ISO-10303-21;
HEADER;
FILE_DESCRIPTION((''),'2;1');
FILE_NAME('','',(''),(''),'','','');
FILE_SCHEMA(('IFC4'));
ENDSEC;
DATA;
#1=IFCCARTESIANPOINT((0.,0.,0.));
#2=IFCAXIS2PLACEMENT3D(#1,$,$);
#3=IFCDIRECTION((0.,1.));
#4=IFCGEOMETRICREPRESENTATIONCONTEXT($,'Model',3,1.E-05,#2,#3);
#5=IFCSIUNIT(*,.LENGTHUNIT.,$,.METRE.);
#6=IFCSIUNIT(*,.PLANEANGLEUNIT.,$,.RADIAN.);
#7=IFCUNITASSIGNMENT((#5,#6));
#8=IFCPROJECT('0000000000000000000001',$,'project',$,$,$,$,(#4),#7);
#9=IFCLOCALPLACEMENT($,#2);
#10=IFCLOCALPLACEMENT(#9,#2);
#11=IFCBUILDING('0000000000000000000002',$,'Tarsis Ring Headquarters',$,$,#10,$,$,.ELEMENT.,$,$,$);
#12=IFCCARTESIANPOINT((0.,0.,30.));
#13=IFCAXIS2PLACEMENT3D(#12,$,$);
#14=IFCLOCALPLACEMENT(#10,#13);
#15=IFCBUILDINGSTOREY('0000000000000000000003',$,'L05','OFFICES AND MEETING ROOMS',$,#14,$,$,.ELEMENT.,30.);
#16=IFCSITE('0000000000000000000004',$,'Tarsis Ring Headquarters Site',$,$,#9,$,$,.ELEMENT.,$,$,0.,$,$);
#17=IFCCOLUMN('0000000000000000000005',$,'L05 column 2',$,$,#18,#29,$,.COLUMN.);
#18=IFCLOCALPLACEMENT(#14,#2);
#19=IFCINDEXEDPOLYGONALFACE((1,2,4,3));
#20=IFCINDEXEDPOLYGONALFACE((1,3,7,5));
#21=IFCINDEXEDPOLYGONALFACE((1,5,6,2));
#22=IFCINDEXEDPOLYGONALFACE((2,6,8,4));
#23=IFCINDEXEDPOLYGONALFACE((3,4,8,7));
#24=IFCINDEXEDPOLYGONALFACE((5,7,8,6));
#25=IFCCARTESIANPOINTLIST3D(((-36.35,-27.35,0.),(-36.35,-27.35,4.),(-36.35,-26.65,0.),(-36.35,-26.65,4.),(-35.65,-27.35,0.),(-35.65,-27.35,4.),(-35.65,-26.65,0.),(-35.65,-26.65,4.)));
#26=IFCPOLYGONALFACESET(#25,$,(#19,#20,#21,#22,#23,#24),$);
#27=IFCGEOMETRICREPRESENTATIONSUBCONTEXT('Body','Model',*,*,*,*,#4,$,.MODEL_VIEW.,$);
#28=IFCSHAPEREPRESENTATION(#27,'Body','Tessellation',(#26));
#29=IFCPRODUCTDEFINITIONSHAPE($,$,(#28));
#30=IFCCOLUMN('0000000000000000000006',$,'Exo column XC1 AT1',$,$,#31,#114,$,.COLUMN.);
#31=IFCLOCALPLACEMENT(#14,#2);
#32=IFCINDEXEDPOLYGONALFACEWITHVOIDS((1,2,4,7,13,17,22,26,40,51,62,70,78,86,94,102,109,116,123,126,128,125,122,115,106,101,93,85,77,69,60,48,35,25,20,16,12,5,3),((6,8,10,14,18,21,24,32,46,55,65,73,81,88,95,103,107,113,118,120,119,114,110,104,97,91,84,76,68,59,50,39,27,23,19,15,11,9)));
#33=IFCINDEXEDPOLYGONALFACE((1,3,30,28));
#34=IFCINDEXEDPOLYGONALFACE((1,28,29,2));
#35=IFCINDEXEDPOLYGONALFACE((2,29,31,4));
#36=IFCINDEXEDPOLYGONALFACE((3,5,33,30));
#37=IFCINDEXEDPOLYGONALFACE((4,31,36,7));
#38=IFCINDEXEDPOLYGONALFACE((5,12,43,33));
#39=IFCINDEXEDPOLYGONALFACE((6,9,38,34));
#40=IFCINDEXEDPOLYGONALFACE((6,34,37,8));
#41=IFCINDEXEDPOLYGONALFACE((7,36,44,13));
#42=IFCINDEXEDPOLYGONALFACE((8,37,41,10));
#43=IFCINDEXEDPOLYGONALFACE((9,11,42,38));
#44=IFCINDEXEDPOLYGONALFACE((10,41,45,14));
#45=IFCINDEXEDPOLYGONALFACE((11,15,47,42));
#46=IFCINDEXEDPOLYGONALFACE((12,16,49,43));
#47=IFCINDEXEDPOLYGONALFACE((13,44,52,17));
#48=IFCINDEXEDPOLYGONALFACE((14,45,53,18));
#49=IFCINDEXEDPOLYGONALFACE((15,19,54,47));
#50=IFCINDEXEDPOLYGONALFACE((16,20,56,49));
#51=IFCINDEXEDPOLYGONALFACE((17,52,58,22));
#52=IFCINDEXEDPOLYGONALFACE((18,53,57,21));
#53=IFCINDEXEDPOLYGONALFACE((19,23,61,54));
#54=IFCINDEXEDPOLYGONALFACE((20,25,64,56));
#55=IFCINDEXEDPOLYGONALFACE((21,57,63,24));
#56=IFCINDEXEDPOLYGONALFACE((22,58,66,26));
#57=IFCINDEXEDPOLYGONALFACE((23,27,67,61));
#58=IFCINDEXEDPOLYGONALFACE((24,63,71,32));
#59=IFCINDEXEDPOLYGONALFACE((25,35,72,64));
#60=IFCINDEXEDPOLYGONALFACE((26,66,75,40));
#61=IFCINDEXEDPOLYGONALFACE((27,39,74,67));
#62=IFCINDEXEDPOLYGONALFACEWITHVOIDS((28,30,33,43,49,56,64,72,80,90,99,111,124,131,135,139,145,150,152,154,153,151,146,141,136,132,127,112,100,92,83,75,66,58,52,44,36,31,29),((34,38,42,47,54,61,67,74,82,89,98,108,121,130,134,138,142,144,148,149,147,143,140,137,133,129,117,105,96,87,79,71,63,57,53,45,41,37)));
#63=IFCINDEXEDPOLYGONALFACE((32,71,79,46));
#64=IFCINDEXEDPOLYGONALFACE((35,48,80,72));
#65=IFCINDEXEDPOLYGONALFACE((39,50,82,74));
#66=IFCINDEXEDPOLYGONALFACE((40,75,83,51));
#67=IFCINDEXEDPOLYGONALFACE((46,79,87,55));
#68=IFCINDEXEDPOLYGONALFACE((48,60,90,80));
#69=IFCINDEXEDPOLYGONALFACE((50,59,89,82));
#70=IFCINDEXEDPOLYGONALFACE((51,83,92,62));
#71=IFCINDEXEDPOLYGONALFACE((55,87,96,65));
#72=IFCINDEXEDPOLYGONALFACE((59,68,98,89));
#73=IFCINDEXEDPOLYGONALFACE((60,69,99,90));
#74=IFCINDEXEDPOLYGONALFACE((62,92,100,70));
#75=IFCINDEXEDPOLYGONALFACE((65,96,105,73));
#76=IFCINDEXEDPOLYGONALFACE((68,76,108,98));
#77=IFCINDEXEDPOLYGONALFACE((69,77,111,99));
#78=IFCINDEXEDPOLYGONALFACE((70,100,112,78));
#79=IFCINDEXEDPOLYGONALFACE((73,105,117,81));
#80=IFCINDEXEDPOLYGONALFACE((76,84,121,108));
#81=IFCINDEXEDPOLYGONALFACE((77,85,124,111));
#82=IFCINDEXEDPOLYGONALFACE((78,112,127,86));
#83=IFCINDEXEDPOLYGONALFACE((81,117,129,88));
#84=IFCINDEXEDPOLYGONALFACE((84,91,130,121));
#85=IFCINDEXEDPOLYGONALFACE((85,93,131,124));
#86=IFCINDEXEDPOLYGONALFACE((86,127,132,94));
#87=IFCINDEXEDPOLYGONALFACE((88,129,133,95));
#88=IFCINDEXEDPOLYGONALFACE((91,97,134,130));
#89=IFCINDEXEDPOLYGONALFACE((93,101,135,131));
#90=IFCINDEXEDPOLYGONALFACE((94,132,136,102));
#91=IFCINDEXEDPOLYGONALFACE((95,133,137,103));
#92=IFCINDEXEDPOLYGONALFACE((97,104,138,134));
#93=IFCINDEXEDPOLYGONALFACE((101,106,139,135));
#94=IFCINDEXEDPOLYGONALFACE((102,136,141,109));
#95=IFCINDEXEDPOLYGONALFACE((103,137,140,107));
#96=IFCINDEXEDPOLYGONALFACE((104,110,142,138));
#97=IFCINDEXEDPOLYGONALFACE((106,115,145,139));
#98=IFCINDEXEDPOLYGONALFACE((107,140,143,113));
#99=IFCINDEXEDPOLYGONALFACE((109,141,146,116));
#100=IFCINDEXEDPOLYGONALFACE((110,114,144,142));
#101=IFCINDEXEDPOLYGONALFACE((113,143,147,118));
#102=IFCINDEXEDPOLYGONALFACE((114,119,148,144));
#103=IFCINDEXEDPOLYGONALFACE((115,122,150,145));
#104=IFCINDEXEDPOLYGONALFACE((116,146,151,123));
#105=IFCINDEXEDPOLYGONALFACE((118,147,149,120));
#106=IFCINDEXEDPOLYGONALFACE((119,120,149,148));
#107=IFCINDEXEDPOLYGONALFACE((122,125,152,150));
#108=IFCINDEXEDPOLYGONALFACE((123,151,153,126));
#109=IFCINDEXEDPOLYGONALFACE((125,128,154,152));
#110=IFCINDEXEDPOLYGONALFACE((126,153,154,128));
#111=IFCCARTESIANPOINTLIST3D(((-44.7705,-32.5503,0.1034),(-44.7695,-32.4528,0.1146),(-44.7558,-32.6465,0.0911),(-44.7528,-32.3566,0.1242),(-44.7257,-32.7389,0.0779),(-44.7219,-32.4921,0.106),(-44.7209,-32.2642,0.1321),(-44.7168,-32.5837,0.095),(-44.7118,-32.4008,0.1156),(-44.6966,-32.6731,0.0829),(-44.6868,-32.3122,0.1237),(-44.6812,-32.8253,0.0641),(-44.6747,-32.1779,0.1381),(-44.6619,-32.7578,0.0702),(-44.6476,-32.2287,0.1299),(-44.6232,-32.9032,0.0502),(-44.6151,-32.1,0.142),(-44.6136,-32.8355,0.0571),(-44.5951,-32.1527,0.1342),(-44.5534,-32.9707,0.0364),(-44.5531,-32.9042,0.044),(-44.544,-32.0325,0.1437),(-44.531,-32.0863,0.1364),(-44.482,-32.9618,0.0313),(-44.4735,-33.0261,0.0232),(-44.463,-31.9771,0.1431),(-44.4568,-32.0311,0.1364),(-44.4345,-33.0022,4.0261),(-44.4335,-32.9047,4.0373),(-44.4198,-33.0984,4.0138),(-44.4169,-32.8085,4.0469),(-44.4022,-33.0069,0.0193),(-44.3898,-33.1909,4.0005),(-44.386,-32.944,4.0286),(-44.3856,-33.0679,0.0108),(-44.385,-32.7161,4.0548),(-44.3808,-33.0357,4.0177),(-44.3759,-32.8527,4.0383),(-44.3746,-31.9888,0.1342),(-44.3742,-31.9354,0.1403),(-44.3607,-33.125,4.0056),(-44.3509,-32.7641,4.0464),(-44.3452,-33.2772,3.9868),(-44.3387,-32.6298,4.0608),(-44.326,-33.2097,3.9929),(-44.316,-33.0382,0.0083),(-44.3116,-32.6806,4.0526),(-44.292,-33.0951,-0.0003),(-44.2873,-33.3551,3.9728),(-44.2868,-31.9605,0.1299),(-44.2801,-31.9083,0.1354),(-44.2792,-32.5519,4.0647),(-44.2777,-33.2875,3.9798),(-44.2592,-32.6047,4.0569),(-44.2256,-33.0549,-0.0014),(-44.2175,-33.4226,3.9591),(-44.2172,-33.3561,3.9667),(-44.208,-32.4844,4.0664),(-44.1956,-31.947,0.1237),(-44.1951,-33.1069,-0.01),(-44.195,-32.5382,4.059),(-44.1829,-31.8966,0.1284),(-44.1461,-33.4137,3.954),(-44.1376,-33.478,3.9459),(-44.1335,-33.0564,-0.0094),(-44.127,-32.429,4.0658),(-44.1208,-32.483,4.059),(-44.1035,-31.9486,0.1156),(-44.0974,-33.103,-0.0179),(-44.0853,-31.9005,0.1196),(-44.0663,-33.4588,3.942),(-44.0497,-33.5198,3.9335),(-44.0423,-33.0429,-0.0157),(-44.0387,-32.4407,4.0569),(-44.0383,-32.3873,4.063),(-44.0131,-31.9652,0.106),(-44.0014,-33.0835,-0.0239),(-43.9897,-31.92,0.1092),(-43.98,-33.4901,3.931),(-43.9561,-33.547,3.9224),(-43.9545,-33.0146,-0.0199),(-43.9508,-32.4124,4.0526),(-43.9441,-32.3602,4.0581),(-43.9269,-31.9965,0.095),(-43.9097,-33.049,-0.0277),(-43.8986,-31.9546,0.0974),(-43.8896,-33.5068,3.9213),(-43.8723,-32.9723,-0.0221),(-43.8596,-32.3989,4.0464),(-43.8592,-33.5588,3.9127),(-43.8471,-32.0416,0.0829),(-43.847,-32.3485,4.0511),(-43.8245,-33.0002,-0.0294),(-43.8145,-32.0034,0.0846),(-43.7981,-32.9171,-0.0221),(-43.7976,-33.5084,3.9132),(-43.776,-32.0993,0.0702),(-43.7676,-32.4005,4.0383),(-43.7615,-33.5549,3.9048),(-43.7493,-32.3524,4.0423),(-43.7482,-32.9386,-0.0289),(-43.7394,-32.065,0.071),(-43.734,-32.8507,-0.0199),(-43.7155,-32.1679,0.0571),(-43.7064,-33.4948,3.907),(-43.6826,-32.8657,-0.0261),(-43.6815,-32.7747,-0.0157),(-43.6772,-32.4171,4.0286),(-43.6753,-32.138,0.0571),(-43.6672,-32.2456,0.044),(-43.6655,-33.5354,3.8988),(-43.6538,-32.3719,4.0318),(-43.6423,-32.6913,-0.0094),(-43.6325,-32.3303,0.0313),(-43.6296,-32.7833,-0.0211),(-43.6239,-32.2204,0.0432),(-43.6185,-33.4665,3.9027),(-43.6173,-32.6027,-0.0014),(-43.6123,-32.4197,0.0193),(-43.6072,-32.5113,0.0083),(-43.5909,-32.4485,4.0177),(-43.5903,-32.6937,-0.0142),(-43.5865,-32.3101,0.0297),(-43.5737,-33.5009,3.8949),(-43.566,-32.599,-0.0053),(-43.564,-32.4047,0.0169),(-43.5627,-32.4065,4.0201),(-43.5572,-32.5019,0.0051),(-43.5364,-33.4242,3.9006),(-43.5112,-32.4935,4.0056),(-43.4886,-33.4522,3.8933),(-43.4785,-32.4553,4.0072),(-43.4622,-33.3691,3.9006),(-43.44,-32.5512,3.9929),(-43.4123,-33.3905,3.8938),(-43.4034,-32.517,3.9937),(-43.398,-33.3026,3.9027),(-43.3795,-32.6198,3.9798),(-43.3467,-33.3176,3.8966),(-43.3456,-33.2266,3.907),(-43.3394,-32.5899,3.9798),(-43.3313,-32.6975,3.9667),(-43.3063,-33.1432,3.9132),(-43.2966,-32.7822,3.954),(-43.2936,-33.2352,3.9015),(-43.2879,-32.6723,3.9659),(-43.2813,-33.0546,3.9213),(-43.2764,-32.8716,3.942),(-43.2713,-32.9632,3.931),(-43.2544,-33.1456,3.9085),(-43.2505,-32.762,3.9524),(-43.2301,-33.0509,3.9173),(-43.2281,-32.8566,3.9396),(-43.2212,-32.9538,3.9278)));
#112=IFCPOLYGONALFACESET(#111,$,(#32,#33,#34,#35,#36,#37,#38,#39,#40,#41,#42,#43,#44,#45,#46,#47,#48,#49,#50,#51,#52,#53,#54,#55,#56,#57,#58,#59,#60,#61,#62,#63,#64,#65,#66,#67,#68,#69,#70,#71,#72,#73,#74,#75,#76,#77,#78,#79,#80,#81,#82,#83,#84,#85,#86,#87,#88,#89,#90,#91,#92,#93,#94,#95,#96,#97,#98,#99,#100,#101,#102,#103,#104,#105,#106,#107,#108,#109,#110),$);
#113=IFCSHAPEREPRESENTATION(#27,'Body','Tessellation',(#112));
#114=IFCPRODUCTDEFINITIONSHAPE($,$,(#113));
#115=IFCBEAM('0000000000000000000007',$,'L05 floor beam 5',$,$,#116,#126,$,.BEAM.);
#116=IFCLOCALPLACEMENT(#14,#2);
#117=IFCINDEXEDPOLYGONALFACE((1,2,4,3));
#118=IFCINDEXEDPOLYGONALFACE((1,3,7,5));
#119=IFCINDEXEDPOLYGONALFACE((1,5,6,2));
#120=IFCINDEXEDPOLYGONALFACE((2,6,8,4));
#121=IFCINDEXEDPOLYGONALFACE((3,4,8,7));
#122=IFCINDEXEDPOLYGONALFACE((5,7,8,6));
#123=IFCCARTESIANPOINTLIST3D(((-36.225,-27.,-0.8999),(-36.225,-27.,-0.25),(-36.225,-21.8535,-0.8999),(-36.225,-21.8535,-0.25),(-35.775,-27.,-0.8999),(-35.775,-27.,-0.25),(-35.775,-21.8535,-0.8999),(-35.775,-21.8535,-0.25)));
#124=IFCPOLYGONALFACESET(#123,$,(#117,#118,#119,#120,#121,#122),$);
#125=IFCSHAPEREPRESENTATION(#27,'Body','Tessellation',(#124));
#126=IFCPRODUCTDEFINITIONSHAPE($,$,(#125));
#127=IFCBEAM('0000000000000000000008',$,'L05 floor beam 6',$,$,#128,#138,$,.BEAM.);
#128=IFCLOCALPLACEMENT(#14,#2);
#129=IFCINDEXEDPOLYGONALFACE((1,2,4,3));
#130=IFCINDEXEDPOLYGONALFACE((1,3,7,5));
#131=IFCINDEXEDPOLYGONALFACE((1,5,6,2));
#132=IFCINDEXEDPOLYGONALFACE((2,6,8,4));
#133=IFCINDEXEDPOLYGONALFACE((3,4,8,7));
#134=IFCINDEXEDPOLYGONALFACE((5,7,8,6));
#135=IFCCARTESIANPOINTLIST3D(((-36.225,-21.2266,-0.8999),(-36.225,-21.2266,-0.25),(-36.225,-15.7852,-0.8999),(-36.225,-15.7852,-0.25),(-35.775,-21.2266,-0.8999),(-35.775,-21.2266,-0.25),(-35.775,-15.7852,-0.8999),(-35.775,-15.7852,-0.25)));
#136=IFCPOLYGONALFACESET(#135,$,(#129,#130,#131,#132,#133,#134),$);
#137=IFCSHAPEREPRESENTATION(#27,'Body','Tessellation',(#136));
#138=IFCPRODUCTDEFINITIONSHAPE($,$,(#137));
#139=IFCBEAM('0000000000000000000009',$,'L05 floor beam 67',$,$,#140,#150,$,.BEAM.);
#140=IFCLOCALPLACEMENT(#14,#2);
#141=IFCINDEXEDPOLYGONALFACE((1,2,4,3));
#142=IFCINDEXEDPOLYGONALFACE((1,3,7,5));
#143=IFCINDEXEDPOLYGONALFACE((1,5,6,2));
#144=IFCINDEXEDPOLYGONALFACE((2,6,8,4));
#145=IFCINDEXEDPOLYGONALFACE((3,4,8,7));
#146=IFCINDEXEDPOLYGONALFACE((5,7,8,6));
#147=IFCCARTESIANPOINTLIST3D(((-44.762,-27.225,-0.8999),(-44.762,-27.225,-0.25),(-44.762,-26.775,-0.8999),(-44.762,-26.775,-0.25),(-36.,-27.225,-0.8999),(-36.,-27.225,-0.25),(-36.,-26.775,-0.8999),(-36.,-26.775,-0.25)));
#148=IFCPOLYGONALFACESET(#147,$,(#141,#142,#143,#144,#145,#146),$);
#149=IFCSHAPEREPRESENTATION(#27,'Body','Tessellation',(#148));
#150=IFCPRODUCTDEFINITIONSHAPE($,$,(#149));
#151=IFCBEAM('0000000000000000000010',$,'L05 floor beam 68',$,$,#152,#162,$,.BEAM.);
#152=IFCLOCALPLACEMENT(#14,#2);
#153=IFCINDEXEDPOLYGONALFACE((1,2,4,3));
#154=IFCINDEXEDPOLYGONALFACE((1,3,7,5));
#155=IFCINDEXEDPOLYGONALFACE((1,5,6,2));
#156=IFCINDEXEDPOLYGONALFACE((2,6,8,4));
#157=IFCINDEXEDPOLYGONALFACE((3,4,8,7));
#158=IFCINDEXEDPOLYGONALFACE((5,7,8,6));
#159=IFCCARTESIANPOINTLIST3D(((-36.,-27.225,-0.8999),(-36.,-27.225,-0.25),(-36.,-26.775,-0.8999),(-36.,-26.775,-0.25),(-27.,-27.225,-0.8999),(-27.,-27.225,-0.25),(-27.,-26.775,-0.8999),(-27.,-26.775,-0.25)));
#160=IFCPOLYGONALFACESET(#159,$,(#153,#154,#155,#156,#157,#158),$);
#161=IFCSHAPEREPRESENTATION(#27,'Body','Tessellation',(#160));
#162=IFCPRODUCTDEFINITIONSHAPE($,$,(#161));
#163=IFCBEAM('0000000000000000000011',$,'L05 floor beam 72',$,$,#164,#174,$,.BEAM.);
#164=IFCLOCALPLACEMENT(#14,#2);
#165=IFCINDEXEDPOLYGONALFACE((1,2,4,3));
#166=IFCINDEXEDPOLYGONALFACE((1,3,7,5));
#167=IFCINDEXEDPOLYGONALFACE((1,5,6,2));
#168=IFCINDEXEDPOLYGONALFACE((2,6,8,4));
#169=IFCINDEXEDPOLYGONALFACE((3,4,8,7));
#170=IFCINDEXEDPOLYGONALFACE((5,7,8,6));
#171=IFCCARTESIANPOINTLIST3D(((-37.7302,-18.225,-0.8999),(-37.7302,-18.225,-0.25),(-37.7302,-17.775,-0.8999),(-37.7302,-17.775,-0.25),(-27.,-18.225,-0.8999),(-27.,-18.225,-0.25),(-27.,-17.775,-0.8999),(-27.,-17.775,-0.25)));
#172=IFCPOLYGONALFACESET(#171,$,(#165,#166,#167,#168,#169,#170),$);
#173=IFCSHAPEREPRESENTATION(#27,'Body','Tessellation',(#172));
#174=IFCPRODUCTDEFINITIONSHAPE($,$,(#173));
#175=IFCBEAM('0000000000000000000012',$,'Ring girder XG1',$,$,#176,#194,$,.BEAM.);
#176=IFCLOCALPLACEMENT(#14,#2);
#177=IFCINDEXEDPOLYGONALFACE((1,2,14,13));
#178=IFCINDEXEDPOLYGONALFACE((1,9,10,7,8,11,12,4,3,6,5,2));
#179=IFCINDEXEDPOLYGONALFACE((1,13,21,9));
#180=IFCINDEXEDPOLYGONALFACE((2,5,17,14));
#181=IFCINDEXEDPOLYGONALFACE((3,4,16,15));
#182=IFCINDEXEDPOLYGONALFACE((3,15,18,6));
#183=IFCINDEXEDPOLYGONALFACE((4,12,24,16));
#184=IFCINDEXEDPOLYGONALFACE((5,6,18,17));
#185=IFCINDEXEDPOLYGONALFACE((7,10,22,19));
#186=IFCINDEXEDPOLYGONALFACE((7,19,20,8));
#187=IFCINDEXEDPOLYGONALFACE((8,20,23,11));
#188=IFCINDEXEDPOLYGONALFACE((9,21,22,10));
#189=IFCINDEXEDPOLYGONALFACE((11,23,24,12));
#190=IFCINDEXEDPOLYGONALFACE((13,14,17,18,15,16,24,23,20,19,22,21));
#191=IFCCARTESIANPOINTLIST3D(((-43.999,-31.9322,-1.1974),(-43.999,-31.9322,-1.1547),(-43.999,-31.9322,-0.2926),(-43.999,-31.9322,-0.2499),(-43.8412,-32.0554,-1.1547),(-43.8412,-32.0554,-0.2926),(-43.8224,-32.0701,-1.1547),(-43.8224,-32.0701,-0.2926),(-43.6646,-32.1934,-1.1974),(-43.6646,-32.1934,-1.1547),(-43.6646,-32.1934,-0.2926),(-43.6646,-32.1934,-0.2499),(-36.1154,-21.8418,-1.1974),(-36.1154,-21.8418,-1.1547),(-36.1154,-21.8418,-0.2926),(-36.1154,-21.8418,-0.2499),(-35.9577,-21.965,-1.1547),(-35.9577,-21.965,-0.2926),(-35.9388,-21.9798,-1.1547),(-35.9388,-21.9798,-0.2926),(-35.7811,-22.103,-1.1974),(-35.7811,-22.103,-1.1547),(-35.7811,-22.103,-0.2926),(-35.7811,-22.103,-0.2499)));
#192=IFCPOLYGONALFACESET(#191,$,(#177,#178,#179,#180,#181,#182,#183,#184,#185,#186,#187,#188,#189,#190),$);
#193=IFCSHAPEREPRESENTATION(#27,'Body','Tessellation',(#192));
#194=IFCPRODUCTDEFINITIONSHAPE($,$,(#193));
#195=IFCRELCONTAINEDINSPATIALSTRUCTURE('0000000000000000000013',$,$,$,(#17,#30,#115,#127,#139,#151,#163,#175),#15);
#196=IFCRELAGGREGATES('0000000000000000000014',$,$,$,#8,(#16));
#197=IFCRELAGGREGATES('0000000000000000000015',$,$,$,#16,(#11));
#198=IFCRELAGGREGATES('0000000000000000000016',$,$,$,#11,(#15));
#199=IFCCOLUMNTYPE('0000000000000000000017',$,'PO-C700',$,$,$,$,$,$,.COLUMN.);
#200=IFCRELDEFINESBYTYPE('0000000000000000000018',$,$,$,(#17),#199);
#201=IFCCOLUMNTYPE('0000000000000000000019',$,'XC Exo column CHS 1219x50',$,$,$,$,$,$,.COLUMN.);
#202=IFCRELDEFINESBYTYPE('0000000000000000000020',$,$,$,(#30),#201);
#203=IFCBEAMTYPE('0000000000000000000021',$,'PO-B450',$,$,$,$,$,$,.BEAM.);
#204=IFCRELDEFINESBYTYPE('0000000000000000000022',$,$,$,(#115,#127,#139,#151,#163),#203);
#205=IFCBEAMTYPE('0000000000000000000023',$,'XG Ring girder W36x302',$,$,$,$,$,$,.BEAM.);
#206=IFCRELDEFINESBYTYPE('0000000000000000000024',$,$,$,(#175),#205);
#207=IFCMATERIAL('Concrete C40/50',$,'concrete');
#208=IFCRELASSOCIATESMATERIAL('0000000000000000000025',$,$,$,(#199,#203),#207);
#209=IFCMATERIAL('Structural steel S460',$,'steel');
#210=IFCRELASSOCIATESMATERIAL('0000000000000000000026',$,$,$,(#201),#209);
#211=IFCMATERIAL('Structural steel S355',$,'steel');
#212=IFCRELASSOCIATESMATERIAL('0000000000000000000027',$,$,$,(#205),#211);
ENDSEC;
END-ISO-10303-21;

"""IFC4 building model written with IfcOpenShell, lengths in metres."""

from ifc_helpers import new_model, si_unit, direction, frame, origin, origin_2d, place, context, subcontext, project, spatial, rectangle, hollow_circle, i_section, extrude, material, material_profile, profile_set, type_object, element, save


model = new_model("IFC4")

# Units and contexts
model_context = context("Model", 3, precision=1e-05, world=origin(), true_north=direction((0.0, 1.0)))
body_context = subcontext(model_context, "Body", "Model", "MODEL_VIEW")
ifc_project = project(units=[si_unit("LENGTHUNIT", "METRE"), si_unit("PLANEANGLEUNIT", "RADIAN")], contexts=[model_context])

# Site, building, storey
site_placement = place(None, origin())
site = spatial("IfcSite", under=ifc_project, at=site_placement, Name="Tarsis Ring Headquarters Site", CompositionType="ELEMENT", RefElevation=0.0)
building_placement = place(site_placement, origin())
building = spatial("IfcBuilding", under=site, at=building_placement, Name="Tarsis Ring Headquarters", CompositionType="ELEMENT")
storey_placement = place(building_placement, frame((0.0, 0.0, 30.0)))
storey = spatial("IfcBuildingStorey", under=building, at=storey_placement, Name="L05", Description="OFFICES AND MEETING ROOMS", CompositionType="ELEMENT", Elevation=30.0)

# Columns
ifc_material_1 = material(Name="Concrete C40/50", Category="concrete")
ifc_material_profile_1 = material_profile(ifc_material_1, rectangle(XDim=0.7, YDim=0.7, at=origin_2d()), Name="PO-C700")
ifc_profile_set_1 = profile_set([ifc_material_profile_1], Name="Concrete C40/50")
column_type_1 = type_object("IfcColumnType", Name="PO-C700", PredefinedType="COLUMN", material=ifc_profile_set_1)
column_1_placement = place(storey_placement, frame((-36.0, -27.0, 0.0), z_axis=(0.0, 0.0, 1.0), x_axis=(1.0, 0.0, 0.0)))
element("IfcColumn", 1, at=column_1_placement, inside=storey, type_object=column_type_1, Name="L05 column 2", PredefinedType="COLUMN", context=body_context, shape_type="SweptSolid", body=[
    extrude(rectangle(XDim=0.7, YDim=0.7, at=origin_2d()), origin(), (0.0, 0.0, 1.0), 4.0),
])
ifc_material_2 = material(Name="Structural steel S460", Category="steel")
ifc_material_profile_2 = material_profile(ifc_material_2, hollow_circle(Radius=0.6096, WallThickness=0.05, at=origin_2d()), Name="CHS 1219x50")
ifc_profile_set_2 = profile_set([ifc_material_profile_2], Name="Structural steel S460")
column_type_2 = type_object("IfcColumnType", Name="XC Exo column CHS 1219x50", PredefinedType="COLUMN", material=ifc_profile_set_2)
column_2_placement = place(storey_placement, frame((-44.1646, -32.5017, 0.0571), z_axis=(0.084772, -0.114036, 0.989853), x_axis=(0.802542, 0.596595, 0.0)))
element("IfcColumn", 2, at=column_2_placement, inside=storey, type_object=column_type_2, Name="Exo column XC1 AT1", PredefinedType="COLUMN", context=body_context, shape_type="SweptSolid", body=[
    extrude(hollow_circle(Radius=0.6096, WallThickness=0.05, at=origin_2d()), origin(), (0.0, 0.0, 1.0), 3.9629),
])

# Beams
ifc_material_profile_3 = material_profile(ifc_material_1, rectangle(XDim=0.45, YDim=0.6499, at=origin_2d()), Name="PO-B450")
ifc_profile_set_3 = profile_set([ifc_material_profile_3], Name="Concrete C40/50")
beam_type_1 = type_object("IfcBeamType", Name="PO-B450", PredefinedType="BEAM", material=ifc_profile_set_3)
beam_1_placement = place(storey_placement, frame((-36.0, -27.0, -0.575), z_axis=(0.0, 1.0, 0.0), x_axis=(-1.0, 0.0, 0.0)))
element("IfcBeam", 3, at=beam_1_placement, inside=storey, type_object=beam_type_1, Name="L05 floor beam 5", PredefinedType="BEAM", context=body_context, shape_type="SweptSolid", body=[
    extrude(rectangle(XDim=0.45, YDim=0.6499, at=origin_2d()), origin(), (0.0, 0.0, 1.0), 5.1465),
])
beam_2_placement = place(storey_placement, frame((-36.0, -21.2266, -0.575), z_axis=(0.0, 1.0, 0.0), x_axis=(-1.0, 0.0, 0.0)))
element("IfcBeam", 4, at=beam_2_placement, inside=storey, type_object=beam_type_1, Name="L05 floor beam 6", PredefinedType="BEAM", context=body_context, shape_type="SweptSolid", body=[
    extrude(rectangle(XDim=0.45, YDim=0.6499, at=origin_2d()), origin(), (0.0, 0.0, 1.0), 5.4414),
])
beam_3_placement = place(storey_placement, frame((-44.762, -27.0, -0.575), z_axis=(1.0, 0.0, 0.0), x_axis=(0.0, 1.0, 0.0)))
element("IfcBeam", 5, at=beam_3_placement, inside=storey, type_object=beam_type_1, Name="L05 floor beam 67", PredefinedType="BEAM", context=body_context, shape_type="SweptSolid", body=[
    extrude(rectangle(XDim=0.45, YDim=0.6499, at=origin_2d()), origin(), (0.0, 0.0, 1.0), 8.762),
])
beam_4_placement = place(storey_placement, frame((-36.0, -27.0, -0.575), z_axis=(1.0, 0.0, 0.0), x_axis=(0.0, 1.0, 0.0)))
element("IfcBeam", 6, at=beam_4_placement, inside=storey, type_object=beam_type_1, Name="L05 floor beam 68", PredefinedType="BEAM", context=body_context, shape_type="SweptSolid", body=[
    extrude(rectangle(XDim=0.45, YDim=0.6499, at=origin_2d()), origin(), (0.0, 0.0, 1.0), 9.0),
])
beam_5_placement = place(storey_placement, frame((-37.7302, -18.0, -0.575), z_axis=(1.0, 0.0, 0.0), x_axis=(0.0, 1.0, 0.0)))
element("IfcBeam", 7, at=beam_5_placement, inside=storey, type_object=beam_type_1, Name="L05 floor beam 72", PredefinedType="BEAM", context=body_context, shape_type="SweptSolid", body=[
    extrude(rectangle(XDim=0.45, YDim=0.6499, at=origin_2d()), origin(), (0.0, 0.0, 1.0), 10.7302),
])
ifc_material_3 = material(Name="Structural steel S355", Category="steel")
ifc_material_profile_4 = material_profile(ifc_material_3, i_section(OverallWidth=0.4243, OverallDepth=0.9475, WebThickness=0.0239, FlangeThickness=0.0427, at=origin_2d()), Name="W36x302")
ifc_profile_set_4 = profile_set([ifc_material_profile_4], Name="Structural steel S355")
beam_type_2 = type_object("IfcBeamType", Name="XG Ring girder W36x302", PredefinedType="BEAM", material=ifc_profile_set_4)
beam_6_placement = place(storey_placement, frame((-35.9482, -21.9724, -0.7236), z_axis=(-0.615667, -0.788006, 0.0), x_axis=(0.788006, -0.615667, 0.0)))
element("IfcBeam", 8, at=beam_6_placement, inside=storey, type_object=beam_type_2, Name="Ring girder XG1", PredefinedType="BEAM", context=body_context, shape_type="SweptSolid", body=[
    extrude(i_section(OverallWidth=0.4243, OverallDepth=0.9475, WebThickness=0.0239, FlangeThickness=0.0427, at=origin_2d()), origin(), (0.0, 0.0, 1.0), 12.8049),
])

save(model, "model.ifc")
